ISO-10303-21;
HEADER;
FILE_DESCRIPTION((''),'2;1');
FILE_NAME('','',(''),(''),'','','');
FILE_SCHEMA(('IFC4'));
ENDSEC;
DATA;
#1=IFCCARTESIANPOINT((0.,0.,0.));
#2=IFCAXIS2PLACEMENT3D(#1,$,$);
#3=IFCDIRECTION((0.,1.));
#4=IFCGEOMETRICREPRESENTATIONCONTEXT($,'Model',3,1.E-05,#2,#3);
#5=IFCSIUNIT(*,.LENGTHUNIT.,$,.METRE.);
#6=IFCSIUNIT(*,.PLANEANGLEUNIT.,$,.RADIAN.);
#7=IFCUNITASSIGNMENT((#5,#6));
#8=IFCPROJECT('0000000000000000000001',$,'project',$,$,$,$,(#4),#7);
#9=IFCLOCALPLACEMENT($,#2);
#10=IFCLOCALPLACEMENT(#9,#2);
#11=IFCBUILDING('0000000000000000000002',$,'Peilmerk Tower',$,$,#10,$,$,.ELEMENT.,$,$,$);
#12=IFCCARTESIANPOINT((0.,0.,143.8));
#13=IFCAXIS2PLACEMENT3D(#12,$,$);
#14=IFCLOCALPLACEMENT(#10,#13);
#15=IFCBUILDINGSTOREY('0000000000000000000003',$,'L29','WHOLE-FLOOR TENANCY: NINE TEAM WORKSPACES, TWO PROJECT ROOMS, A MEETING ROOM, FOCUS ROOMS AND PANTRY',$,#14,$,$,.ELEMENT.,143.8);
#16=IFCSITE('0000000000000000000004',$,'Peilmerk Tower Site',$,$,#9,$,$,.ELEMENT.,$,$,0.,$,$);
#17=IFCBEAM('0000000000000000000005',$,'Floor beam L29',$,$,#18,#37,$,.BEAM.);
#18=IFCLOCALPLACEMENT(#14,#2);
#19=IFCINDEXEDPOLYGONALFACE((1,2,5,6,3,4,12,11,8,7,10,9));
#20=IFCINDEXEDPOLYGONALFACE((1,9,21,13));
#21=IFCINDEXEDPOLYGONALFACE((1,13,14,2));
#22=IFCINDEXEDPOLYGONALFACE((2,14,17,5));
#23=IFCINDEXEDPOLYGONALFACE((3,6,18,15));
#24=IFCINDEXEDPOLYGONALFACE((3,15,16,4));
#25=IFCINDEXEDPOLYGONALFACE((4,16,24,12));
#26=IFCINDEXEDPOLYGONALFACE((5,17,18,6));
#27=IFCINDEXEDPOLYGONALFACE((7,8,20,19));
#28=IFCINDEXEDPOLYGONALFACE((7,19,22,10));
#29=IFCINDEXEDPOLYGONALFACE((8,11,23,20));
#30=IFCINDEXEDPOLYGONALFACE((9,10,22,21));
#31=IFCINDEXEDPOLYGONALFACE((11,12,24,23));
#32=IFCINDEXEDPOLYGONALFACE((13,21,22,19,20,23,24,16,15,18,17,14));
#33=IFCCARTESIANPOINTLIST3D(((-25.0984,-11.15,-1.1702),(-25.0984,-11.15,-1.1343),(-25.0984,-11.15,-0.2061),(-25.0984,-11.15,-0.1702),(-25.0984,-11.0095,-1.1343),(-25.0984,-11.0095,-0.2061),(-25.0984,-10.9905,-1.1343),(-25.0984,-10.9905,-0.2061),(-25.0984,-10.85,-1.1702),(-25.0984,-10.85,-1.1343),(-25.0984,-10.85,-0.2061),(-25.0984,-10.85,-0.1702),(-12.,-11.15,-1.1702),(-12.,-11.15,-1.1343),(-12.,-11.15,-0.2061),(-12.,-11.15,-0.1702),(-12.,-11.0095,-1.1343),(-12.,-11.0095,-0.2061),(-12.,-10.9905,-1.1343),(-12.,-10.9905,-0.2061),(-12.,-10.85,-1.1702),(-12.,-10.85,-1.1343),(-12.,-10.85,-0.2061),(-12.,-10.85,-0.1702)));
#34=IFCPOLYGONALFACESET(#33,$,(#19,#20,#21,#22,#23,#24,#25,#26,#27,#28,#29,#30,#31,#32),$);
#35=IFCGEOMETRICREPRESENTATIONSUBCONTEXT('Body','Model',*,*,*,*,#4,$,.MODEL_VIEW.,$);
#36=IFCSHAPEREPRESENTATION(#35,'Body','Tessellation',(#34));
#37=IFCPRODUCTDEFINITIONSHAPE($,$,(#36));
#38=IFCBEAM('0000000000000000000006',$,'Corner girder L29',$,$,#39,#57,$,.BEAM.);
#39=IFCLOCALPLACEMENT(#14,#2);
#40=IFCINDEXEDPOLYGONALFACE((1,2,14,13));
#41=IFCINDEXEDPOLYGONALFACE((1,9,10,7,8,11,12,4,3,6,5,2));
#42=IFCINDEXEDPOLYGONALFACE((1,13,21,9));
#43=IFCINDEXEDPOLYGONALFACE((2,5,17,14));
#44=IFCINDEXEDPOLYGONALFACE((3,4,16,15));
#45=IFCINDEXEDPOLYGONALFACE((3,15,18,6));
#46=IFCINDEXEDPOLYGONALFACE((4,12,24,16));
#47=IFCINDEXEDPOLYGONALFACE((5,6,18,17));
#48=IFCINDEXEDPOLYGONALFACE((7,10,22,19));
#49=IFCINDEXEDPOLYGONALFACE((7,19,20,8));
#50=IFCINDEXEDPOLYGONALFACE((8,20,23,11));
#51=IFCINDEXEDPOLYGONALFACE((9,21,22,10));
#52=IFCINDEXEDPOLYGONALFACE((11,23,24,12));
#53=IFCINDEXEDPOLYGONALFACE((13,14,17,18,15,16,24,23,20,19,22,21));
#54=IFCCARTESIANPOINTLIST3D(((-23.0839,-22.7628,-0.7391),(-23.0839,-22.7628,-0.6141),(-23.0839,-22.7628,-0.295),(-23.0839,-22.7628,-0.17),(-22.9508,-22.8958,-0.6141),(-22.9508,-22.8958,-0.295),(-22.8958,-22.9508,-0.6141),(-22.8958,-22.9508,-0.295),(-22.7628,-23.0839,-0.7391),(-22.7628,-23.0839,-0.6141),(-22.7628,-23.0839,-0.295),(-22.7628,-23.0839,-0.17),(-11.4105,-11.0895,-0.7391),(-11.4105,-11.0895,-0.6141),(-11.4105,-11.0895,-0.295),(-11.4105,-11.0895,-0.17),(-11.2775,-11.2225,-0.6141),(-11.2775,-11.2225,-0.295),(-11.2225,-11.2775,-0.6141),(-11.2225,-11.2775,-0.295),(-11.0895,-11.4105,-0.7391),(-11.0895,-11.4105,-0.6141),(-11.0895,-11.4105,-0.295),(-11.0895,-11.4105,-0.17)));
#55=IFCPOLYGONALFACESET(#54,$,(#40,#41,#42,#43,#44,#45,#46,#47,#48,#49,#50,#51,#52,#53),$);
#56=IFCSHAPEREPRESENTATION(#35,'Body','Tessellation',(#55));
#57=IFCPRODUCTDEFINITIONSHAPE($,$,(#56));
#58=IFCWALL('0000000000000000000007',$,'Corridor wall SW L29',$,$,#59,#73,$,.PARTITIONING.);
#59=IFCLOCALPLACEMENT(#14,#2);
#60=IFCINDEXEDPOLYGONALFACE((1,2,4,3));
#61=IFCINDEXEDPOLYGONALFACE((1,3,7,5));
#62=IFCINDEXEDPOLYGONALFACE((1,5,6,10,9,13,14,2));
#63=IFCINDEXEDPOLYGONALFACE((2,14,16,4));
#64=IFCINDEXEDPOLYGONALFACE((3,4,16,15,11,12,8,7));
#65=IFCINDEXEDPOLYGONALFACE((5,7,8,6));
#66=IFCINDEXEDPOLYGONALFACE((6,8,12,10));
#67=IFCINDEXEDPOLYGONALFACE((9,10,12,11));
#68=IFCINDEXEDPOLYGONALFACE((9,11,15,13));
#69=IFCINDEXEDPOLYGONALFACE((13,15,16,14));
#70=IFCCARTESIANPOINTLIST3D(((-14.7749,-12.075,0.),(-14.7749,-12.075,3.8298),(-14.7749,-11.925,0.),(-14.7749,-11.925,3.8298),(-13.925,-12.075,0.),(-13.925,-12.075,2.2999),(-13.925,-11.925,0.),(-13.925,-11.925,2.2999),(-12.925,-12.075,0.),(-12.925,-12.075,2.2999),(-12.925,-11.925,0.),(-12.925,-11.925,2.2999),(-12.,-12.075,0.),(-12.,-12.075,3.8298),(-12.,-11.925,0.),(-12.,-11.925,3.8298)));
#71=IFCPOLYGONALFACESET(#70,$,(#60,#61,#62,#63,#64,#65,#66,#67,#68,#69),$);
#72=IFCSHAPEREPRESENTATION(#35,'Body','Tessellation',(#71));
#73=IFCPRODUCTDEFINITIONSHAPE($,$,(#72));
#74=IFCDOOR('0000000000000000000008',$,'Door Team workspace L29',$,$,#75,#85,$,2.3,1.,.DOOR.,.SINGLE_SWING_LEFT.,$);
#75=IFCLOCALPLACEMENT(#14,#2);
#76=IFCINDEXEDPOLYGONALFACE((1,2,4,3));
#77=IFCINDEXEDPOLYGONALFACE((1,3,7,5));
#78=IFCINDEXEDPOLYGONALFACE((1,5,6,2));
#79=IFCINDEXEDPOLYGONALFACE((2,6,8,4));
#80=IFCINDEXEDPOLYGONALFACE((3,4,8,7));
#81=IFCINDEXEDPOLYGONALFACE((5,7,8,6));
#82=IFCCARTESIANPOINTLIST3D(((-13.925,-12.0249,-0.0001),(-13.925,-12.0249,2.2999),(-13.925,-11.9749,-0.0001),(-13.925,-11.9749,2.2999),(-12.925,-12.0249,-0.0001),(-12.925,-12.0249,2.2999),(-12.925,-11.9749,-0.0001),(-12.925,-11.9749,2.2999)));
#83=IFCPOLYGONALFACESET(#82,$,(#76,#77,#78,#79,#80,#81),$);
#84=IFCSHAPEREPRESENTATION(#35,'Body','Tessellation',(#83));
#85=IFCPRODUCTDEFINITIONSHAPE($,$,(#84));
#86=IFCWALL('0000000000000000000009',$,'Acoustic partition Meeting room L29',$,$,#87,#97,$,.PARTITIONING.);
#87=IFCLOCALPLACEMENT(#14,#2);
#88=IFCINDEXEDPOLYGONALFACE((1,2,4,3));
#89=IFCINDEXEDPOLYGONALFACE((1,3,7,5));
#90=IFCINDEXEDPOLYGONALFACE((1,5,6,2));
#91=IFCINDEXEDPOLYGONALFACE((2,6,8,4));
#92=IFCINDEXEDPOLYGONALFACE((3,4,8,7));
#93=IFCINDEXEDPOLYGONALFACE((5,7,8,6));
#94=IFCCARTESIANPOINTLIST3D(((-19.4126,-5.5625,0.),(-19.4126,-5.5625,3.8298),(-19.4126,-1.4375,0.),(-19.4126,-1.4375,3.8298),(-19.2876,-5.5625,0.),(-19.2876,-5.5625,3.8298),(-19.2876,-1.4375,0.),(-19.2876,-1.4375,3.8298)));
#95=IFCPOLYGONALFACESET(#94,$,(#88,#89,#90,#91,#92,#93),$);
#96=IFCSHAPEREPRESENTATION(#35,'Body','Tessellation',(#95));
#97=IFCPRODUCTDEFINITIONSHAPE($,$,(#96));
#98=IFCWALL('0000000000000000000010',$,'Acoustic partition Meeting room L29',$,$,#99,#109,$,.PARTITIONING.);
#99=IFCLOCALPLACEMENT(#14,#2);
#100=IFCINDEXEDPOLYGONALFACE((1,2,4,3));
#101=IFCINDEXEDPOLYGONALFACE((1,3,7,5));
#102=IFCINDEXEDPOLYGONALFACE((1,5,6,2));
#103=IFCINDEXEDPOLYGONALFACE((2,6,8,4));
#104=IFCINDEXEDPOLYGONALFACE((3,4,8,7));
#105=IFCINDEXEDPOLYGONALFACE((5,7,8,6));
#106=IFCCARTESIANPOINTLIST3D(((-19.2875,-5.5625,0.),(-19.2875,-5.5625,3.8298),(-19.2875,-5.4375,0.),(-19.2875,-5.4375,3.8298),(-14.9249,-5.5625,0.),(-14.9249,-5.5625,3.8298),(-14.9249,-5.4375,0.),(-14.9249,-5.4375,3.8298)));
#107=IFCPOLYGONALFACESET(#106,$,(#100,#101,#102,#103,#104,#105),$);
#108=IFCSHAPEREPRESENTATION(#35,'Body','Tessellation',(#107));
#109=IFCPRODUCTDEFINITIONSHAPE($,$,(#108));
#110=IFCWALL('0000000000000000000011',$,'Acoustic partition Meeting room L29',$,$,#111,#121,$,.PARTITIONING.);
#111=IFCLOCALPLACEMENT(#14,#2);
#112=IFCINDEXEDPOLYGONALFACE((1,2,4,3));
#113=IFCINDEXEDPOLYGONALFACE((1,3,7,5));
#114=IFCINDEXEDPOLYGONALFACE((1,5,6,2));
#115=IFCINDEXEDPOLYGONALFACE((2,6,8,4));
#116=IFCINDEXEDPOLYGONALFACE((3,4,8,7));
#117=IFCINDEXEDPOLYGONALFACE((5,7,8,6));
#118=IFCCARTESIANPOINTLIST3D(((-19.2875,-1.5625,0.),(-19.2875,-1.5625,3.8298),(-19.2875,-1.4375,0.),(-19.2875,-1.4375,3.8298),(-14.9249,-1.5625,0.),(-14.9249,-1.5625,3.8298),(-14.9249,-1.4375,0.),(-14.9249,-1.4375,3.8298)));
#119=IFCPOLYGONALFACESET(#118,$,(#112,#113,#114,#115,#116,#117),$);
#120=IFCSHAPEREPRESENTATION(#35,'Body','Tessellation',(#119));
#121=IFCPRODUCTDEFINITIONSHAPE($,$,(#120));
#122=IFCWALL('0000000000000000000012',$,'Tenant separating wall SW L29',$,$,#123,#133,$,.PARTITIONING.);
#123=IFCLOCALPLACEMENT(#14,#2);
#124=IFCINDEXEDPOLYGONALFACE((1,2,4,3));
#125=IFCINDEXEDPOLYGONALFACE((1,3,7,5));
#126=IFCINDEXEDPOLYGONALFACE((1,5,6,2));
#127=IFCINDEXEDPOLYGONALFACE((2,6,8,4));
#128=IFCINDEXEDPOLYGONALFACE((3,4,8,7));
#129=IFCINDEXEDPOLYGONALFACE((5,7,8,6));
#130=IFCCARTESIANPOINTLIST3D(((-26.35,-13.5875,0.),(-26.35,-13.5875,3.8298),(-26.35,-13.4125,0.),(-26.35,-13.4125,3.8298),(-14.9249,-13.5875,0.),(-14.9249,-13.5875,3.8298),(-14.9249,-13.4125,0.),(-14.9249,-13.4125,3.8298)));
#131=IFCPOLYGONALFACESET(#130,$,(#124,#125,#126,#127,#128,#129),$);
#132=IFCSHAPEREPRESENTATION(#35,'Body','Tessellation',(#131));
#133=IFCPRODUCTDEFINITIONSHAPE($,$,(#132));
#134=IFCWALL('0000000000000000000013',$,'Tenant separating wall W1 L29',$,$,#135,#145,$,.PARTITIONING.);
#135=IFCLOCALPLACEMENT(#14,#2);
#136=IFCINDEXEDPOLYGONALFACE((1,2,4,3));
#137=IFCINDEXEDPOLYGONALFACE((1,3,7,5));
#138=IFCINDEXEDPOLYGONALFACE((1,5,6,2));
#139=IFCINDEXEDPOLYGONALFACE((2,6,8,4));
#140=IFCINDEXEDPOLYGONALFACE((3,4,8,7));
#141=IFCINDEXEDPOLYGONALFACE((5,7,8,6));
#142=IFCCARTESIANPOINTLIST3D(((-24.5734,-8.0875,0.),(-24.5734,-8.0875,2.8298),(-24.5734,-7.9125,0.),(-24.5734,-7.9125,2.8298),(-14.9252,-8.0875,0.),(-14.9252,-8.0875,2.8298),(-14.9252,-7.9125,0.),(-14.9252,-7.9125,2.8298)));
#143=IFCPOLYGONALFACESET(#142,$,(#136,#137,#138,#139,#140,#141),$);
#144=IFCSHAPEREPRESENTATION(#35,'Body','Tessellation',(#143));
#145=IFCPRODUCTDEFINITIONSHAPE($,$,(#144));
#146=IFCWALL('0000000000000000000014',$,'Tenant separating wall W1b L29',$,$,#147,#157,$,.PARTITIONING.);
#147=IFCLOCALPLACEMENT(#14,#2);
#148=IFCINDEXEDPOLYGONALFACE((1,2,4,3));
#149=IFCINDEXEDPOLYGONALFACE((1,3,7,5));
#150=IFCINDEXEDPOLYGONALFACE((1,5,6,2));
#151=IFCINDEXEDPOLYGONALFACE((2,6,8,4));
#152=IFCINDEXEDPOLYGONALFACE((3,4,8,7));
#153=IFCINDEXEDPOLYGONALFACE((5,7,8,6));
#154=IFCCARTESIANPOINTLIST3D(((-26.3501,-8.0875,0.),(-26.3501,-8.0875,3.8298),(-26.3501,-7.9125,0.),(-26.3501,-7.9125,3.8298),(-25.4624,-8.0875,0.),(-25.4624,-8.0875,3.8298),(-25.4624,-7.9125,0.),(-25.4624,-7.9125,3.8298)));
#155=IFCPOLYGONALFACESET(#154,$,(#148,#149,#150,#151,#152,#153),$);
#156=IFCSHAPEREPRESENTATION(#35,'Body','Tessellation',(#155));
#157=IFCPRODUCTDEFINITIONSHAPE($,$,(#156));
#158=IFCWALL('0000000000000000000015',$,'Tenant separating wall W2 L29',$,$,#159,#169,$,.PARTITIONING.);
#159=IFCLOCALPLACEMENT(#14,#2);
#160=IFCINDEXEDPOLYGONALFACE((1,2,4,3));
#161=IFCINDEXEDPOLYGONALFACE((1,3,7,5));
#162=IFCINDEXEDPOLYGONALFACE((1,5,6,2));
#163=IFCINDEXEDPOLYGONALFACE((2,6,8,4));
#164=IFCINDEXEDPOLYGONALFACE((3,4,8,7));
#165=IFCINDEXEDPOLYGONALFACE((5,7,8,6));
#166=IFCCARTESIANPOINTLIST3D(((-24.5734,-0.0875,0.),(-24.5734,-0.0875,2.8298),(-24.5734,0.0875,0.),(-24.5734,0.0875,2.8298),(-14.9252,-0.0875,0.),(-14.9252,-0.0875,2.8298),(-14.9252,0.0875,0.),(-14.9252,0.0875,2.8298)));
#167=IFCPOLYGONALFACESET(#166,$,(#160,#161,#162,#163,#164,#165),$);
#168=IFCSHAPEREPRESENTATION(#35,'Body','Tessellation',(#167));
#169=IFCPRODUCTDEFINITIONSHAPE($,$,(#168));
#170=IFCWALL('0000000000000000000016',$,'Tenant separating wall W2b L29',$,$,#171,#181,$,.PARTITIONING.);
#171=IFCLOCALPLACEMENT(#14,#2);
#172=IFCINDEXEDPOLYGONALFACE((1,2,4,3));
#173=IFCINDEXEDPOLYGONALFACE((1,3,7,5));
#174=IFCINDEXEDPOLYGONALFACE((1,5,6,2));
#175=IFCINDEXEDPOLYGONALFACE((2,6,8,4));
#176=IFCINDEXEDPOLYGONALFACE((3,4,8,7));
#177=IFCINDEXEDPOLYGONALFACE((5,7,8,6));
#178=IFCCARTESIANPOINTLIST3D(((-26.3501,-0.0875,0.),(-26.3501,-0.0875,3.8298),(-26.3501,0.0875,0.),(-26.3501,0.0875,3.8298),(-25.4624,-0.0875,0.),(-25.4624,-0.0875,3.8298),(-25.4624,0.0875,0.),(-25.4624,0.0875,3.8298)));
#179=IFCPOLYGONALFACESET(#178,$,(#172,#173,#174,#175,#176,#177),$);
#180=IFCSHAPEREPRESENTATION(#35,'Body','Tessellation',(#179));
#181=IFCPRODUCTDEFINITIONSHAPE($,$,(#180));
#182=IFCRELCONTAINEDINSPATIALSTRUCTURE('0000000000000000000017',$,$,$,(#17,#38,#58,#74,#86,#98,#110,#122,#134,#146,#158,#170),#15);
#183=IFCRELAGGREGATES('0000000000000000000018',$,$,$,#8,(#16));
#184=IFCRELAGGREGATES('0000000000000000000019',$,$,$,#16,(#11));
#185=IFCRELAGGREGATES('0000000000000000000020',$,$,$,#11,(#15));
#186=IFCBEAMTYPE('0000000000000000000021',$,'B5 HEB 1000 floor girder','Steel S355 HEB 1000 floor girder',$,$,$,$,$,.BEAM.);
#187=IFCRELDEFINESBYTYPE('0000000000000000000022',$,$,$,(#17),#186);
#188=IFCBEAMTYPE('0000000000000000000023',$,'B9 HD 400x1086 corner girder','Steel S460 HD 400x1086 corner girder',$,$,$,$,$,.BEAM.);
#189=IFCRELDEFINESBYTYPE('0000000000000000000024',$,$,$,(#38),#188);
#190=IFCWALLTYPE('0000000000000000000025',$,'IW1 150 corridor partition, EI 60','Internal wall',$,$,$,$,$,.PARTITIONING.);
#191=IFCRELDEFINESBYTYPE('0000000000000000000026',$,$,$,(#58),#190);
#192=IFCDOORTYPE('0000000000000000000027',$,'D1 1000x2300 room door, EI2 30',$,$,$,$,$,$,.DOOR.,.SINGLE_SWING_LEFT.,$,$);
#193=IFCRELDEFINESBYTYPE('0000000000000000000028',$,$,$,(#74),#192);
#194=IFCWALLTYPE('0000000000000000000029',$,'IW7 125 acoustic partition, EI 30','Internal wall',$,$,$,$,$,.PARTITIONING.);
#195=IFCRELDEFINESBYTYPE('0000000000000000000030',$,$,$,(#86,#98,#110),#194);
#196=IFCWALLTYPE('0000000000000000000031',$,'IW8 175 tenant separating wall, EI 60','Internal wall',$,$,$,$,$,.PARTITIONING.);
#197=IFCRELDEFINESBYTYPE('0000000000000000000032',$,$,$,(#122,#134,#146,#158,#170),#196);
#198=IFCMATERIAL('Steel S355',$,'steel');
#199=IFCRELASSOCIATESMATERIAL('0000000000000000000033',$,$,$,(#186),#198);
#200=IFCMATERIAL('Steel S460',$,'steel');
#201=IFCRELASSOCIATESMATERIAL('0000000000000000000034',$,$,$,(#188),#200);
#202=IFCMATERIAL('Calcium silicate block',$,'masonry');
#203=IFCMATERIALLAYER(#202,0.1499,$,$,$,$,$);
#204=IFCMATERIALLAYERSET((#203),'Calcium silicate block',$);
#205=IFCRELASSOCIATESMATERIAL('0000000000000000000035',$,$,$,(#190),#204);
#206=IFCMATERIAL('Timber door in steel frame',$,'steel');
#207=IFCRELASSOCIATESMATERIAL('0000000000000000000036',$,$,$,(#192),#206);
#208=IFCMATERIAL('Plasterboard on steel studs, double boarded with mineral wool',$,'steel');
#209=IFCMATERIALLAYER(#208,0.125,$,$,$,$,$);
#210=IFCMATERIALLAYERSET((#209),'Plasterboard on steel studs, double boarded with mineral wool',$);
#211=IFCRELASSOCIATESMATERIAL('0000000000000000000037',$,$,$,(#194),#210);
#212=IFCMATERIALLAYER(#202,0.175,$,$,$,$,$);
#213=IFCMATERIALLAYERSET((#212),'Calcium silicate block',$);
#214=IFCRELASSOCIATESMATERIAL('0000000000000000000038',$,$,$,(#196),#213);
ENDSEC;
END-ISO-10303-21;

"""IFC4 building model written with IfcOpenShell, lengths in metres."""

from ifc_helpers import new_model, si_unit, direction, frame, frame_2d, origin, origin_2d, place, context, subcontext, project, spatial, rectangle, i_section, extrude, material, layer, layer_set, material_profile, profile_set, type_object, element, fill, save


model = new_model("IFC4")

# Units and contexts
model_context = context("Model", 3, precision=1e-05, world=origin(), true_north=direction((0.0, 1.0)))
body_context = subcontext(model_context, "Body", "Model", "MODEL_VIEW")
ifc_project = project(units=[si_unit("LENGTHUNIT", "METRE"), si_unit("PLANEANGLEUNIT", "RADIAN")], contexts=[model_context])

# Site, building, storey
site_placement = place(None, origin())
site = spatial("IfcSite", under=ifc_project, at=site_placement, Name="Peilmerk Tower Site", CompositionType="ELEMENT", RefElevation=0.0)
building_placement = place(site_placement, origin())
building = spatial("IfcBuilding", under=site, at=building_placement, Name="Peilmerk Tower", CompositionType="ELEMENT")
storey_placement = place(building_placement, frame((0.0, 0.0, 143.8)))
storey = spatial("IfcBuildingStorey", under=building, at=storey_placement, Name="L29", Description="WHOLE-FLOOR TENANCY: NINE TEAM WORKSPACES, TWO PROJECT ROOMS, A MEETING ROOM, FOCUS ROOMS AND PANTRY", CompositionType="ELEMENT", Elevation=143.8)

# Shared definitions
ifc_material_1 = material(Name="Steel S460", Category="steel")

# Beams
ifc_material_2 = material(Name="Steel S355", Category="steel")
ifc_material_profile_1 = material_profile(ifc_material_2, i_section(OverallWidth=0.3, OverallDepth=1.0, WebThickness=0.019, FlangeThickness=0.0359, at=origin_2d()), Name="HEB 1000")
ifc_profile_set_1 = profile_set([ifc_material_profile_1], Name="Steel S355")
beam_type_1 = type_object("IfcBeamType", Name="B5 HEB 1000 floor girder", Description="Steel S355 HEB 1000 floor girder", PredefinedType="BEAM", material=ifc_profile_set_1)
for number, where, z_axis, x_axis, name in (
    (1, (-12.0, -11.0, -0.6702), (-1.0, 0.0, 0.0), (0.0, -1.0, 0.0), "Floor beam L29"),
):
    element("IfcBeam", number, at=place(storey_placement, frame(where, z_axis=z_axis, x_axis=x_axis)), inside=storey, type_object=beam_type_1, Name=name, PredefinedType="BEAM", context=body_context, shape_type="SweptSolid", body=[
        extrude(i_section(OverallWidth=0.3, OverallDepth=1.0, WebThickness=0.019, FlangeThickness=0.0359, at=origin_2d()), origin(), (0.0, 0.0, 1.0), 13.0984),
    ])
ifc_material_profile_2 = material_profile(ifc_material_1, i_section(OverallWidth=0.4541, OverallDepth=0.5691, WebThickness=0.0779, FlangeThickness=0.125, at=origin_2d()), Name="HD 400x1086")
ifc_profile_set_2 = profile_set([ifc_material_profile_2], Name="Steel S460")
beam_type_2 = type_object("IfcBeamType", Name="B9 HD 400x1086 corner girder", Description="Steel S460 HD 400x1086 corner girder", PredefinedType="BEAM", material=ifc_profile_set_2)
beam_1_placement = place(storey_placement, frame((-11.25, -11.25, -0.4546), z_axis=(-0.707107, -0.707107, 0.0), x_axis=(0.707107, -0.707107, 0.0)))
element("IfcBeam", 2, at=beam_1_placement, inside=storey, type_object=beam_type_2, Name="Corner girder L29", PredefinedType="BEAM", context=body_context, shape_type="SweptSolid", body=[
    extrude(i_section(OverallWidth=0.4541, OverallDepth=0.5691, WebThickness=0.0779, FlangeThickness=0.125, at=origin_2d()), origin(), (0.0, 0.0, 1.0), 16.5085),
])

# Wall, opening, door
ifc_material_3 = material(Name="Calcium silicate block", Category="masonry")
ifc_layer_1 = layer(ifc_material_3, 0.1499)
ifc_layer_set_1 = layer_set([ifc_layer_1], Name="Calcium silicate block")
wall_type_1 = type_object("IfcWallType", Name="IW1 150 corridor partition, EI 60", Description="Internal wall", PredefinedType="PARTITIONING", material=ifc_layer_set_1)
wall_1_placement = place(storey_placement, frame((-12.0, -12.0, 0.0), z_axis=(0.0, 0.0, 1.0), x_axis=(-1.0, 0.0, 0.0)))
wall_1 = element("IfcWall", 3, at=wall_1_placement, inside=storey, type_object=wall_type_1, Name="Corridor wall SW L29", PredefinedType="PARTITIONING", context=body_context, shape_type="SweptSolid", body=[
    extrude(rectangle(XDim=2.7749, YDim=0.1499, at=frame_2d((1.3875, 0.0))), origin(), (0.0, 0.0, 1.0), 3.8298),
])
opening_1_placement = place(wall_1_placement, frame((0.925, 0.0, 0.0)))
opening_1 = element("IfcOpeningElement", 4, at=opening_1_placement, cuts=wall_1, PredefinedType="OPENING", context=body_context, shape_type="SweptSolid", body=[
    extrude(rectangle(XDim=1.0, YDim=2.3, at=frame_2d((0.5, 1.1499))), frame((0.0, 0.085, 0.0), z_axis=(0.0, -1.0, 0.0), x_axis=(1.0, 0.0, 0.0)), (0.0, 0.0, 1.0), 0.1699),
])
ifc_material_4 = material(Name="Timber door in steel frame", Category="steel")
door_type_1 = type_object("IfcDoorType", Name="D1 1000x2300 room door, EI2 30", OperationType="SINGLE_SWING_LEFT", PredefinedType="DOOR", material=ifc_material_4)
door_1_placement = place(opening_1_placement, origin())
door_1 = element("IfcDoor", 5, at=door_1_placement, inside=storey, type_object=door_type_1, Name="Door Team workspace L29", OperationType="SINGLE_SWING_LEFT", OverallHeight=2.3, OverallWidth=1.0, PredefinedType="DOOR", context=body_context, shape_type="SweptSolid", body=[
    extrude(rectangle(XDim=1.0, YDim=2.3, at=frame_2d((0.5, 1.1499))), frame((0.0, 0.0249, 0.0), z_axis=(0.0, -1.0, 0.0), x_axis=(1.0, 0.0, 0.0)), (0.0, 0.0, 1.0), 0.05),
])
fill(opening_1, door_1)

# Walls
ifc_material_5 = material(Name="Plasterboard on steel studs, double boarded with mineral wool", Category="steel")
ifc_layer_2 = layer(ifc_material_5, 0.125)
ifc_layer_set_2 = layer_set([ifc_layer_2], Name="Plasterboard on steel studs, double boarded with mineral wool")
wall_type_2 = type_object("IfcWallType", Name="IW7 125 acoustic partition, EI 30", Description="Internal wall", PredefinedType="PARTITIONING", material=ifc_layer_set_2)
wall_2_placement = place(storey_placement, frame((-19.3501, -5.5625, 0.0), z_axis=(0.0, 0.0, 1.0), x_axis=(0.0, 1.0, 0.0)))
element("IfcWall", 6, at=wall_2_placement, inside=storey, type_object=wall_type_2, Name="Acoustic partition Meeting room L29", PredefinedType="PARTITIONING", context=body_context, shape_type="SweptSolid", body=[
    extrude(rectangle(XDim=4.125, YDim=0.125, at=frame_2d((2.0625, 0.0))), origin(), (0.0, 0.0, 1.0), 3.8298),
])
for number, where, z_axis, x_axis, name in (
    (7, (-14.925, -5.5, 0.0), (0.0, 0.0, 1.0), (-1.0, 0.0, 0.0), "Acoustic partition Meeting room L29"),
    (8, (-14.925, -1.5, 0.0), (0.0, 0.0, 1.0), (-1.0, 0.0, 0.0), "Acoustic partition Meeting room L29"),
):
    element("IfcWall", number, at=place(storey_placement, frame(where, z_axis=z_axis, x_axis=x_axis)), inside=storey, type_object=wall_type_2, Name=name, PredefinedType="PARTITIONING", context=body_context, shape_type="SweptSolid", body=[
        extrude(rectangle(XDim=4.3625, YDim=0.125, at=frame_2d((2.1812, 0.0))), origin(), (0.0, 0.0, 1.0), 3.8298),
    ])
ifc_layer_3 = layer(ifc_material_3, 0.175)
ifc_layer_set_3 = layer_set([ifc_layer_3], Name="Calcium silicate block")
wall_type_3 = type_object("IfcWallType", Name="IW8 175 tenant separating wall, EI 60", Description="Internal wall", PredefinedType="PARTITIONING", material=ifc_layer_set_3)
wall_3_placement = place(storey_placement, frame((-14.925, -13.5, 0.0), z_axis=(0.0, 0.0, 1.0), x_axis=(-1.0, 0.0, 0.0)))
element("IfcWall", 9, at=wall_3_placement, inside=storey, type_object=wall_type_3, Name="Tenant separating wall SW L29", PredefinedType="PARTITIONING", context=body_context, shape_type="SweptSolid", body=[
    extrude(rectangle(XDim=11.425, YDim=0.175, at=frame_2d((5.7124, 0.0))), origin(), (0.0, 0.0, 1.0), 3.8298),
])
wall_4_placement = place(storey_placement, frame((-14.925, -8.0, 0.0), z_axis=(0.0, 0.0, 1.0), x_axis=(-1.0, 0.0, 0.0)))
element("IfcWall", 10, at=wall_4_placement, inside=storey, type_object=wall_type_3, Name="Tenant separating wall W1 L29", PredefinedType="PARTITIONING", context=body_context, shape_type="SweptSolid", body=[
    extrude(rectangle(XDim=9.6482, YDim=0.175, at=frame_2d((4.8242, 0.0))), origin(), (0.0, 0.0, 1.0), 2.8298),
])
wall_5_placement = place(storey_placement, frame((-25.4624, -8.0, 0.0), z_axis=(0.0, 0.0, 1.0), x_axis=(-1.0, 0.0, 0.0)))
element("IfcWall", 11, at=wall_5_placement, inside=storey, type_object=wall_type_3, Name="Tenant separating wall W1b L29", PredefinedType="PARTITIONING", context=body_context, shape_type="SweptSolid", body=[
    extrude(rectangle(XDim=0.8877, YDim=0.175, at=frame_2d((0.4438, 0.0))), origin(), (0.0, 0.0, 1.0), 3.8298),
])
wall_6_placement = place(storey_placement, frame((-14.925, 0.0, 0.0), z_axis=(0.0, 0.0, 1.0), x_axis=(-1.0, 0.0, 0.0)))
element("IfcWall", 12, at=wall_6_placement, inside=storey, type_object=wall_type_3, Name="Tenant separating wall W2 L29", PredefinedType="PARTITIONING", context=body_context, shape_type="SweptSolid", body=[
    extrude(rectangle(XDim=9.6482, YDim=0.175, at=frame_2d((4.8242, 0.0))), origin(), (0.0, 0.0, 1.0), 2.8298),
])
wall_7_placement = place(storey_placement, frame((-25.4624, 0.0, 0.0), z_axis=(0.0, 0.0, 1.0), x_axis=(-1.0, 0.0, 0.0)))
element("IfcWall", 13, at=wall_7_placement, inside=storey, type_object=wall_type_3, Name="Tenant separating wall W2b L29", PredefinedType="PARTITIONING", context=body_context, shape_type="SweptSolid", body=[
    extrude(rectangle(XDim=0.8877, YDim=0.175, at=frame_2d((0.4438, 0.0))), origin(), (0.0, 0.0, 1.0), 3.8298),
])

save(model, "model.ifc")
